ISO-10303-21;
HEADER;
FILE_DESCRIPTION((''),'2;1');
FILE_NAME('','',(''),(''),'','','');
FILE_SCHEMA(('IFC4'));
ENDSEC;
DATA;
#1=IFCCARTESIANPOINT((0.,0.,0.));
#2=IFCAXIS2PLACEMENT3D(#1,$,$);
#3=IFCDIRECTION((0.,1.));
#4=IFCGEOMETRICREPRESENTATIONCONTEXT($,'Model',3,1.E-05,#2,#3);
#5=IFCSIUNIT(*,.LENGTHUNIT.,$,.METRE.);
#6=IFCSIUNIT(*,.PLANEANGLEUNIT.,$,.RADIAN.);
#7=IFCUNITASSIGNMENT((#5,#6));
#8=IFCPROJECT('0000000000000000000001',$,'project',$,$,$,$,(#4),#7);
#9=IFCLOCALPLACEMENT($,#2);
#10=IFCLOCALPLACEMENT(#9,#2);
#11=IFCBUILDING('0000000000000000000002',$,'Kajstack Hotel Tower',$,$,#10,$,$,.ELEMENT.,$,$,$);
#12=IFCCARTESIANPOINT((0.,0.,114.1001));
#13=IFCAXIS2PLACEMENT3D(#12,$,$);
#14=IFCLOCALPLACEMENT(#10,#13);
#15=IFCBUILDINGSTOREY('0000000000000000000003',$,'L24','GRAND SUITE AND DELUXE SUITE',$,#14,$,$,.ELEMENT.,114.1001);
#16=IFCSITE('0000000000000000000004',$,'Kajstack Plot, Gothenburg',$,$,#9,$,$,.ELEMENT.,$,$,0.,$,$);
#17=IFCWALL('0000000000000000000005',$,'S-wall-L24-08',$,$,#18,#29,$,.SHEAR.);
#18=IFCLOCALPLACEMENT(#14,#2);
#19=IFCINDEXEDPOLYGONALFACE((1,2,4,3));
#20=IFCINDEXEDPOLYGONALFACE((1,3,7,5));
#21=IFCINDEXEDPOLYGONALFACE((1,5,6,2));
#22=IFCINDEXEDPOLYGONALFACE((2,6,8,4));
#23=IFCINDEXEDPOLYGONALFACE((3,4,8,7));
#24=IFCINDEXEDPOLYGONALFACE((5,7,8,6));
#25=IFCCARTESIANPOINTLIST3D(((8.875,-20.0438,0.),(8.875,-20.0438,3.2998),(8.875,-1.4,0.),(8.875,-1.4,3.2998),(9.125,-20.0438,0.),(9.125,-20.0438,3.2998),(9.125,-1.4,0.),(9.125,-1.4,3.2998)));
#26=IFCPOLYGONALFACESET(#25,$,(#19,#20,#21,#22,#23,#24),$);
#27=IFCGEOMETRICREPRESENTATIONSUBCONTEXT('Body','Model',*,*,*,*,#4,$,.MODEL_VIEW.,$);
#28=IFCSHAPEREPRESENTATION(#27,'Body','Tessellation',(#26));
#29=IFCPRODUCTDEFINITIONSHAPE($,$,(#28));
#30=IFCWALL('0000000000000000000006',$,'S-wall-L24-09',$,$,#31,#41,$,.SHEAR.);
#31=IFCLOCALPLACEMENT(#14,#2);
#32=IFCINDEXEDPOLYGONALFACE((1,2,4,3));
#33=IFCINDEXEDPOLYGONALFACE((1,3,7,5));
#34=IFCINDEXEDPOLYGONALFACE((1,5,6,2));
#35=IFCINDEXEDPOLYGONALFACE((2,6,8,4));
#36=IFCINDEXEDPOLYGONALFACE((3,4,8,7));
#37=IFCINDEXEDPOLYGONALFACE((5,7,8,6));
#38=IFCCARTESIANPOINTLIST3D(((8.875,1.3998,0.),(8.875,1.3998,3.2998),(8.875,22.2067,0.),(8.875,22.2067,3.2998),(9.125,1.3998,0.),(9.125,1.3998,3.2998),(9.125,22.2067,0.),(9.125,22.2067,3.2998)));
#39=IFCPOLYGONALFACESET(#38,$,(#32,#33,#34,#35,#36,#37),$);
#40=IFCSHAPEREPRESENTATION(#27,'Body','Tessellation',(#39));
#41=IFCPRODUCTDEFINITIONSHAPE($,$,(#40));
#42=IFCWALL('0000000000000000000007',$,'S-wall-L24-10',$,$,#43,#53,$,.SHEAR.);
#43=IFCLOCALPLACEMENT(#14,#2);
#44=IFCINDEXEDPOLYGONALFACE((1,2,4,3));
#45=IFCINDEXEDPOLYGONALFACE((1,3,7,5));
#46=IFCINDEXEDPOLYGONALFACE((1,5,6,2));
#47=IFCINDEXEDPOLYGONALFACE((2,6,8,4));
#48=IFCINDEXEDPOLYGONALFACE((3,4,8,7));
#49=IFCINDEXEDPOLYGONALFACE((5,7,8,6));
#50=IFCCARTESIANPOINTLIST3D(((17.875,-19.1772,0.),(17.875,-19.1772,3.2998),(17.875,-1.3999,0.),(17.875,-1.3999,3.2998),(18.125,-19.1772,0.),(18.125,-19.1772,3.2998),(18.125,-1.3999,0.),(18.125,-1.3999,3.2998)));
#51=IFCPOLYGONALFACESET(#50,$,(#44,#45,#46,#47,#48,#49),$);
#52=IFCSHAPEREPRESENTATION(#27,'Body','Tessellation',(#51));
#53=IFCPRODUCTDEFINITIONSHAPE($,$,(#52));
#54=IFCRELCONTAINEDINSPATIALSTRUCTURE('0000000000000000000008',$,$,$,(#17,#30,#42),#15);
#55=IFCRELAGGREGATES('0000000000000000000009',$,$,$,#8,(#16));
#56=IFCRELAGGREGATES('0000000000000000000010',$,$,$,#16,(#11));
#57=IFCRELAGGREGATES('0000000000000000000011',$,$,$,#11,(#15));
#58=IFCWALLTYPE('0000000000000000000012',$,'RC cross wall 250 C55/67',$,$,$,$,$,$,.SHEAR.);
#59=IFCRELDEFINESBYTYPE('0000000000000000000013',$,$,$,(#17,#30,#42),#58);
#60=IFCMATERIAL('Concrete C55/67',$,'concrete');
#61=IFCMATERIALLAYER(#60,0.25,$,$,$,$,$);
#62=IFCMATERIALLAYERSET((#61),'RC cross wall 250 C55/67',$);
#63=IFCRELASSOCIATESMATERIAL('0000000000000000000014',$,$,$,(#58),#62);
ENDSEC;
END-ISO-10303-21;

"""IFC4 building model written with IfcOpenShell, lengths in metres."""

from ifc_helpers import new_model, si_unit, direction, frame, frame_2d, origin, place, context, subcontext, project, spatial, rectangle, extrude, material, layer, layer_set, type_object, element, save


model = new_model("IFC4")

# Units and contexts
model_context = context("Model", 3, precision=1e-05, world=origin(), true_north=direction((0.0, 1.0)))
body_context = subcontext(model_context, "Body", "Model", "MODEL_VIEW")
ifc_project = project(units=[si_unit("LENGTHUNIT", "METRE"), si_unit("PLANEANGLEUNIT", "RADIAN")], contexts=[model_context])

# Site, building, storey
site_placement = place(None, origin())
site = spatial("IfcSite", under=ifc_project, at=site_placement, Name="Kajstack Plot, Gothenburg", CompositionType="ELEMENT", RefElevation=0.0)
building_placement = place(site_placement, origin())
building = spatial("IfcBuilding", under=site, at=building_placement, Name="Kajstack Hotel Tower", CompositionType="ELEMENT")
storey_placement = place(building_placement, frame((0.0, 0.0, 114.1001)))
storey = spatial("IfcBuildingStorey", under=building, at=storey_placement, Name="L24", Description="GRAND SUITE AND DELUXE SUITE", CompositionType="ELEMENT", Elevation=114.1001)

# Walls
ifc_material_1 = material(Name="Concrete C55/67", Category="concrete")
ifc_layer_1 = layer(ifc_material_1, 0.25)
ifc_layer_set_1 = layer_set([ifc_layer_1], Name="RC cross wall 250 C55/67")
wall_type_1 = type_object("IfcWallType", Name="RC cross wall 250 C55/67", PredefinedType="SHEAR", material=ifc_layer_set_1)
wall_1_placement = place(storey_placement, frame((9.0, -20.0437, 0.0), z_axis=(0.0, 0.0, 1.0), x_axis=(0.0, 1.0, 0.0)))
element("IfcWall", 1, at=wall_1_placement, inside=storey, type_object=wall_type_1, Name="S-wall-L24-08", PredefinedType="SHEAR", context=body_context, shape_type="SweptSolid", body=[
    extrude(rectangle(XDim=18.6438, YDim=0.25, at=frame_2d((9.3218, 0.0))), origin(), (0.0, 0.0, 1.0), 3.2998),
])
wall_2_placement = place(storey_placement, frame((9.0, 1.3999, 0.0), z_axis=(0.0, 0.0, 1.0), x_axis=(0.0, 1.0, 0.0)))
element("IfcWall", 2, at=wall_2_placement, inside=storey, type_object=wall_type_1, Name="S-wall-L24-09", PredefinedType="SHEAR", context=body_context, shape_type="SweptSolid", body=[
    extrude(rectangle(XDim=20.8069, YDim=0.25, at=frame_2d((10.4033, 0.0))), origin(), (0.0, 0.0, 1.0), 3.2998),
])
wall_3_placement = place(storey_placement, frame((18.0, -19.1772, 0.0), z_axis=(0.0, 0.0, 1.0), x_axis=(0.0, 1.0, 0.0)))
element("IfcWall", 3, at=wall_3_placement, inside=storey, type_object=wall_type_1, Name="S-wall-L24-10", PredefinedType="SHEAR", context=body_context, shape_type="SweptSolid", body=[
    extrude(rectangle(XDim=17.7773, YDim=0.25, at=frame_2d((8.8887, 0.0))), origin(), (0.0, 0.0, 1.0), 3.2998),
])

save(model, "model.ifc")
